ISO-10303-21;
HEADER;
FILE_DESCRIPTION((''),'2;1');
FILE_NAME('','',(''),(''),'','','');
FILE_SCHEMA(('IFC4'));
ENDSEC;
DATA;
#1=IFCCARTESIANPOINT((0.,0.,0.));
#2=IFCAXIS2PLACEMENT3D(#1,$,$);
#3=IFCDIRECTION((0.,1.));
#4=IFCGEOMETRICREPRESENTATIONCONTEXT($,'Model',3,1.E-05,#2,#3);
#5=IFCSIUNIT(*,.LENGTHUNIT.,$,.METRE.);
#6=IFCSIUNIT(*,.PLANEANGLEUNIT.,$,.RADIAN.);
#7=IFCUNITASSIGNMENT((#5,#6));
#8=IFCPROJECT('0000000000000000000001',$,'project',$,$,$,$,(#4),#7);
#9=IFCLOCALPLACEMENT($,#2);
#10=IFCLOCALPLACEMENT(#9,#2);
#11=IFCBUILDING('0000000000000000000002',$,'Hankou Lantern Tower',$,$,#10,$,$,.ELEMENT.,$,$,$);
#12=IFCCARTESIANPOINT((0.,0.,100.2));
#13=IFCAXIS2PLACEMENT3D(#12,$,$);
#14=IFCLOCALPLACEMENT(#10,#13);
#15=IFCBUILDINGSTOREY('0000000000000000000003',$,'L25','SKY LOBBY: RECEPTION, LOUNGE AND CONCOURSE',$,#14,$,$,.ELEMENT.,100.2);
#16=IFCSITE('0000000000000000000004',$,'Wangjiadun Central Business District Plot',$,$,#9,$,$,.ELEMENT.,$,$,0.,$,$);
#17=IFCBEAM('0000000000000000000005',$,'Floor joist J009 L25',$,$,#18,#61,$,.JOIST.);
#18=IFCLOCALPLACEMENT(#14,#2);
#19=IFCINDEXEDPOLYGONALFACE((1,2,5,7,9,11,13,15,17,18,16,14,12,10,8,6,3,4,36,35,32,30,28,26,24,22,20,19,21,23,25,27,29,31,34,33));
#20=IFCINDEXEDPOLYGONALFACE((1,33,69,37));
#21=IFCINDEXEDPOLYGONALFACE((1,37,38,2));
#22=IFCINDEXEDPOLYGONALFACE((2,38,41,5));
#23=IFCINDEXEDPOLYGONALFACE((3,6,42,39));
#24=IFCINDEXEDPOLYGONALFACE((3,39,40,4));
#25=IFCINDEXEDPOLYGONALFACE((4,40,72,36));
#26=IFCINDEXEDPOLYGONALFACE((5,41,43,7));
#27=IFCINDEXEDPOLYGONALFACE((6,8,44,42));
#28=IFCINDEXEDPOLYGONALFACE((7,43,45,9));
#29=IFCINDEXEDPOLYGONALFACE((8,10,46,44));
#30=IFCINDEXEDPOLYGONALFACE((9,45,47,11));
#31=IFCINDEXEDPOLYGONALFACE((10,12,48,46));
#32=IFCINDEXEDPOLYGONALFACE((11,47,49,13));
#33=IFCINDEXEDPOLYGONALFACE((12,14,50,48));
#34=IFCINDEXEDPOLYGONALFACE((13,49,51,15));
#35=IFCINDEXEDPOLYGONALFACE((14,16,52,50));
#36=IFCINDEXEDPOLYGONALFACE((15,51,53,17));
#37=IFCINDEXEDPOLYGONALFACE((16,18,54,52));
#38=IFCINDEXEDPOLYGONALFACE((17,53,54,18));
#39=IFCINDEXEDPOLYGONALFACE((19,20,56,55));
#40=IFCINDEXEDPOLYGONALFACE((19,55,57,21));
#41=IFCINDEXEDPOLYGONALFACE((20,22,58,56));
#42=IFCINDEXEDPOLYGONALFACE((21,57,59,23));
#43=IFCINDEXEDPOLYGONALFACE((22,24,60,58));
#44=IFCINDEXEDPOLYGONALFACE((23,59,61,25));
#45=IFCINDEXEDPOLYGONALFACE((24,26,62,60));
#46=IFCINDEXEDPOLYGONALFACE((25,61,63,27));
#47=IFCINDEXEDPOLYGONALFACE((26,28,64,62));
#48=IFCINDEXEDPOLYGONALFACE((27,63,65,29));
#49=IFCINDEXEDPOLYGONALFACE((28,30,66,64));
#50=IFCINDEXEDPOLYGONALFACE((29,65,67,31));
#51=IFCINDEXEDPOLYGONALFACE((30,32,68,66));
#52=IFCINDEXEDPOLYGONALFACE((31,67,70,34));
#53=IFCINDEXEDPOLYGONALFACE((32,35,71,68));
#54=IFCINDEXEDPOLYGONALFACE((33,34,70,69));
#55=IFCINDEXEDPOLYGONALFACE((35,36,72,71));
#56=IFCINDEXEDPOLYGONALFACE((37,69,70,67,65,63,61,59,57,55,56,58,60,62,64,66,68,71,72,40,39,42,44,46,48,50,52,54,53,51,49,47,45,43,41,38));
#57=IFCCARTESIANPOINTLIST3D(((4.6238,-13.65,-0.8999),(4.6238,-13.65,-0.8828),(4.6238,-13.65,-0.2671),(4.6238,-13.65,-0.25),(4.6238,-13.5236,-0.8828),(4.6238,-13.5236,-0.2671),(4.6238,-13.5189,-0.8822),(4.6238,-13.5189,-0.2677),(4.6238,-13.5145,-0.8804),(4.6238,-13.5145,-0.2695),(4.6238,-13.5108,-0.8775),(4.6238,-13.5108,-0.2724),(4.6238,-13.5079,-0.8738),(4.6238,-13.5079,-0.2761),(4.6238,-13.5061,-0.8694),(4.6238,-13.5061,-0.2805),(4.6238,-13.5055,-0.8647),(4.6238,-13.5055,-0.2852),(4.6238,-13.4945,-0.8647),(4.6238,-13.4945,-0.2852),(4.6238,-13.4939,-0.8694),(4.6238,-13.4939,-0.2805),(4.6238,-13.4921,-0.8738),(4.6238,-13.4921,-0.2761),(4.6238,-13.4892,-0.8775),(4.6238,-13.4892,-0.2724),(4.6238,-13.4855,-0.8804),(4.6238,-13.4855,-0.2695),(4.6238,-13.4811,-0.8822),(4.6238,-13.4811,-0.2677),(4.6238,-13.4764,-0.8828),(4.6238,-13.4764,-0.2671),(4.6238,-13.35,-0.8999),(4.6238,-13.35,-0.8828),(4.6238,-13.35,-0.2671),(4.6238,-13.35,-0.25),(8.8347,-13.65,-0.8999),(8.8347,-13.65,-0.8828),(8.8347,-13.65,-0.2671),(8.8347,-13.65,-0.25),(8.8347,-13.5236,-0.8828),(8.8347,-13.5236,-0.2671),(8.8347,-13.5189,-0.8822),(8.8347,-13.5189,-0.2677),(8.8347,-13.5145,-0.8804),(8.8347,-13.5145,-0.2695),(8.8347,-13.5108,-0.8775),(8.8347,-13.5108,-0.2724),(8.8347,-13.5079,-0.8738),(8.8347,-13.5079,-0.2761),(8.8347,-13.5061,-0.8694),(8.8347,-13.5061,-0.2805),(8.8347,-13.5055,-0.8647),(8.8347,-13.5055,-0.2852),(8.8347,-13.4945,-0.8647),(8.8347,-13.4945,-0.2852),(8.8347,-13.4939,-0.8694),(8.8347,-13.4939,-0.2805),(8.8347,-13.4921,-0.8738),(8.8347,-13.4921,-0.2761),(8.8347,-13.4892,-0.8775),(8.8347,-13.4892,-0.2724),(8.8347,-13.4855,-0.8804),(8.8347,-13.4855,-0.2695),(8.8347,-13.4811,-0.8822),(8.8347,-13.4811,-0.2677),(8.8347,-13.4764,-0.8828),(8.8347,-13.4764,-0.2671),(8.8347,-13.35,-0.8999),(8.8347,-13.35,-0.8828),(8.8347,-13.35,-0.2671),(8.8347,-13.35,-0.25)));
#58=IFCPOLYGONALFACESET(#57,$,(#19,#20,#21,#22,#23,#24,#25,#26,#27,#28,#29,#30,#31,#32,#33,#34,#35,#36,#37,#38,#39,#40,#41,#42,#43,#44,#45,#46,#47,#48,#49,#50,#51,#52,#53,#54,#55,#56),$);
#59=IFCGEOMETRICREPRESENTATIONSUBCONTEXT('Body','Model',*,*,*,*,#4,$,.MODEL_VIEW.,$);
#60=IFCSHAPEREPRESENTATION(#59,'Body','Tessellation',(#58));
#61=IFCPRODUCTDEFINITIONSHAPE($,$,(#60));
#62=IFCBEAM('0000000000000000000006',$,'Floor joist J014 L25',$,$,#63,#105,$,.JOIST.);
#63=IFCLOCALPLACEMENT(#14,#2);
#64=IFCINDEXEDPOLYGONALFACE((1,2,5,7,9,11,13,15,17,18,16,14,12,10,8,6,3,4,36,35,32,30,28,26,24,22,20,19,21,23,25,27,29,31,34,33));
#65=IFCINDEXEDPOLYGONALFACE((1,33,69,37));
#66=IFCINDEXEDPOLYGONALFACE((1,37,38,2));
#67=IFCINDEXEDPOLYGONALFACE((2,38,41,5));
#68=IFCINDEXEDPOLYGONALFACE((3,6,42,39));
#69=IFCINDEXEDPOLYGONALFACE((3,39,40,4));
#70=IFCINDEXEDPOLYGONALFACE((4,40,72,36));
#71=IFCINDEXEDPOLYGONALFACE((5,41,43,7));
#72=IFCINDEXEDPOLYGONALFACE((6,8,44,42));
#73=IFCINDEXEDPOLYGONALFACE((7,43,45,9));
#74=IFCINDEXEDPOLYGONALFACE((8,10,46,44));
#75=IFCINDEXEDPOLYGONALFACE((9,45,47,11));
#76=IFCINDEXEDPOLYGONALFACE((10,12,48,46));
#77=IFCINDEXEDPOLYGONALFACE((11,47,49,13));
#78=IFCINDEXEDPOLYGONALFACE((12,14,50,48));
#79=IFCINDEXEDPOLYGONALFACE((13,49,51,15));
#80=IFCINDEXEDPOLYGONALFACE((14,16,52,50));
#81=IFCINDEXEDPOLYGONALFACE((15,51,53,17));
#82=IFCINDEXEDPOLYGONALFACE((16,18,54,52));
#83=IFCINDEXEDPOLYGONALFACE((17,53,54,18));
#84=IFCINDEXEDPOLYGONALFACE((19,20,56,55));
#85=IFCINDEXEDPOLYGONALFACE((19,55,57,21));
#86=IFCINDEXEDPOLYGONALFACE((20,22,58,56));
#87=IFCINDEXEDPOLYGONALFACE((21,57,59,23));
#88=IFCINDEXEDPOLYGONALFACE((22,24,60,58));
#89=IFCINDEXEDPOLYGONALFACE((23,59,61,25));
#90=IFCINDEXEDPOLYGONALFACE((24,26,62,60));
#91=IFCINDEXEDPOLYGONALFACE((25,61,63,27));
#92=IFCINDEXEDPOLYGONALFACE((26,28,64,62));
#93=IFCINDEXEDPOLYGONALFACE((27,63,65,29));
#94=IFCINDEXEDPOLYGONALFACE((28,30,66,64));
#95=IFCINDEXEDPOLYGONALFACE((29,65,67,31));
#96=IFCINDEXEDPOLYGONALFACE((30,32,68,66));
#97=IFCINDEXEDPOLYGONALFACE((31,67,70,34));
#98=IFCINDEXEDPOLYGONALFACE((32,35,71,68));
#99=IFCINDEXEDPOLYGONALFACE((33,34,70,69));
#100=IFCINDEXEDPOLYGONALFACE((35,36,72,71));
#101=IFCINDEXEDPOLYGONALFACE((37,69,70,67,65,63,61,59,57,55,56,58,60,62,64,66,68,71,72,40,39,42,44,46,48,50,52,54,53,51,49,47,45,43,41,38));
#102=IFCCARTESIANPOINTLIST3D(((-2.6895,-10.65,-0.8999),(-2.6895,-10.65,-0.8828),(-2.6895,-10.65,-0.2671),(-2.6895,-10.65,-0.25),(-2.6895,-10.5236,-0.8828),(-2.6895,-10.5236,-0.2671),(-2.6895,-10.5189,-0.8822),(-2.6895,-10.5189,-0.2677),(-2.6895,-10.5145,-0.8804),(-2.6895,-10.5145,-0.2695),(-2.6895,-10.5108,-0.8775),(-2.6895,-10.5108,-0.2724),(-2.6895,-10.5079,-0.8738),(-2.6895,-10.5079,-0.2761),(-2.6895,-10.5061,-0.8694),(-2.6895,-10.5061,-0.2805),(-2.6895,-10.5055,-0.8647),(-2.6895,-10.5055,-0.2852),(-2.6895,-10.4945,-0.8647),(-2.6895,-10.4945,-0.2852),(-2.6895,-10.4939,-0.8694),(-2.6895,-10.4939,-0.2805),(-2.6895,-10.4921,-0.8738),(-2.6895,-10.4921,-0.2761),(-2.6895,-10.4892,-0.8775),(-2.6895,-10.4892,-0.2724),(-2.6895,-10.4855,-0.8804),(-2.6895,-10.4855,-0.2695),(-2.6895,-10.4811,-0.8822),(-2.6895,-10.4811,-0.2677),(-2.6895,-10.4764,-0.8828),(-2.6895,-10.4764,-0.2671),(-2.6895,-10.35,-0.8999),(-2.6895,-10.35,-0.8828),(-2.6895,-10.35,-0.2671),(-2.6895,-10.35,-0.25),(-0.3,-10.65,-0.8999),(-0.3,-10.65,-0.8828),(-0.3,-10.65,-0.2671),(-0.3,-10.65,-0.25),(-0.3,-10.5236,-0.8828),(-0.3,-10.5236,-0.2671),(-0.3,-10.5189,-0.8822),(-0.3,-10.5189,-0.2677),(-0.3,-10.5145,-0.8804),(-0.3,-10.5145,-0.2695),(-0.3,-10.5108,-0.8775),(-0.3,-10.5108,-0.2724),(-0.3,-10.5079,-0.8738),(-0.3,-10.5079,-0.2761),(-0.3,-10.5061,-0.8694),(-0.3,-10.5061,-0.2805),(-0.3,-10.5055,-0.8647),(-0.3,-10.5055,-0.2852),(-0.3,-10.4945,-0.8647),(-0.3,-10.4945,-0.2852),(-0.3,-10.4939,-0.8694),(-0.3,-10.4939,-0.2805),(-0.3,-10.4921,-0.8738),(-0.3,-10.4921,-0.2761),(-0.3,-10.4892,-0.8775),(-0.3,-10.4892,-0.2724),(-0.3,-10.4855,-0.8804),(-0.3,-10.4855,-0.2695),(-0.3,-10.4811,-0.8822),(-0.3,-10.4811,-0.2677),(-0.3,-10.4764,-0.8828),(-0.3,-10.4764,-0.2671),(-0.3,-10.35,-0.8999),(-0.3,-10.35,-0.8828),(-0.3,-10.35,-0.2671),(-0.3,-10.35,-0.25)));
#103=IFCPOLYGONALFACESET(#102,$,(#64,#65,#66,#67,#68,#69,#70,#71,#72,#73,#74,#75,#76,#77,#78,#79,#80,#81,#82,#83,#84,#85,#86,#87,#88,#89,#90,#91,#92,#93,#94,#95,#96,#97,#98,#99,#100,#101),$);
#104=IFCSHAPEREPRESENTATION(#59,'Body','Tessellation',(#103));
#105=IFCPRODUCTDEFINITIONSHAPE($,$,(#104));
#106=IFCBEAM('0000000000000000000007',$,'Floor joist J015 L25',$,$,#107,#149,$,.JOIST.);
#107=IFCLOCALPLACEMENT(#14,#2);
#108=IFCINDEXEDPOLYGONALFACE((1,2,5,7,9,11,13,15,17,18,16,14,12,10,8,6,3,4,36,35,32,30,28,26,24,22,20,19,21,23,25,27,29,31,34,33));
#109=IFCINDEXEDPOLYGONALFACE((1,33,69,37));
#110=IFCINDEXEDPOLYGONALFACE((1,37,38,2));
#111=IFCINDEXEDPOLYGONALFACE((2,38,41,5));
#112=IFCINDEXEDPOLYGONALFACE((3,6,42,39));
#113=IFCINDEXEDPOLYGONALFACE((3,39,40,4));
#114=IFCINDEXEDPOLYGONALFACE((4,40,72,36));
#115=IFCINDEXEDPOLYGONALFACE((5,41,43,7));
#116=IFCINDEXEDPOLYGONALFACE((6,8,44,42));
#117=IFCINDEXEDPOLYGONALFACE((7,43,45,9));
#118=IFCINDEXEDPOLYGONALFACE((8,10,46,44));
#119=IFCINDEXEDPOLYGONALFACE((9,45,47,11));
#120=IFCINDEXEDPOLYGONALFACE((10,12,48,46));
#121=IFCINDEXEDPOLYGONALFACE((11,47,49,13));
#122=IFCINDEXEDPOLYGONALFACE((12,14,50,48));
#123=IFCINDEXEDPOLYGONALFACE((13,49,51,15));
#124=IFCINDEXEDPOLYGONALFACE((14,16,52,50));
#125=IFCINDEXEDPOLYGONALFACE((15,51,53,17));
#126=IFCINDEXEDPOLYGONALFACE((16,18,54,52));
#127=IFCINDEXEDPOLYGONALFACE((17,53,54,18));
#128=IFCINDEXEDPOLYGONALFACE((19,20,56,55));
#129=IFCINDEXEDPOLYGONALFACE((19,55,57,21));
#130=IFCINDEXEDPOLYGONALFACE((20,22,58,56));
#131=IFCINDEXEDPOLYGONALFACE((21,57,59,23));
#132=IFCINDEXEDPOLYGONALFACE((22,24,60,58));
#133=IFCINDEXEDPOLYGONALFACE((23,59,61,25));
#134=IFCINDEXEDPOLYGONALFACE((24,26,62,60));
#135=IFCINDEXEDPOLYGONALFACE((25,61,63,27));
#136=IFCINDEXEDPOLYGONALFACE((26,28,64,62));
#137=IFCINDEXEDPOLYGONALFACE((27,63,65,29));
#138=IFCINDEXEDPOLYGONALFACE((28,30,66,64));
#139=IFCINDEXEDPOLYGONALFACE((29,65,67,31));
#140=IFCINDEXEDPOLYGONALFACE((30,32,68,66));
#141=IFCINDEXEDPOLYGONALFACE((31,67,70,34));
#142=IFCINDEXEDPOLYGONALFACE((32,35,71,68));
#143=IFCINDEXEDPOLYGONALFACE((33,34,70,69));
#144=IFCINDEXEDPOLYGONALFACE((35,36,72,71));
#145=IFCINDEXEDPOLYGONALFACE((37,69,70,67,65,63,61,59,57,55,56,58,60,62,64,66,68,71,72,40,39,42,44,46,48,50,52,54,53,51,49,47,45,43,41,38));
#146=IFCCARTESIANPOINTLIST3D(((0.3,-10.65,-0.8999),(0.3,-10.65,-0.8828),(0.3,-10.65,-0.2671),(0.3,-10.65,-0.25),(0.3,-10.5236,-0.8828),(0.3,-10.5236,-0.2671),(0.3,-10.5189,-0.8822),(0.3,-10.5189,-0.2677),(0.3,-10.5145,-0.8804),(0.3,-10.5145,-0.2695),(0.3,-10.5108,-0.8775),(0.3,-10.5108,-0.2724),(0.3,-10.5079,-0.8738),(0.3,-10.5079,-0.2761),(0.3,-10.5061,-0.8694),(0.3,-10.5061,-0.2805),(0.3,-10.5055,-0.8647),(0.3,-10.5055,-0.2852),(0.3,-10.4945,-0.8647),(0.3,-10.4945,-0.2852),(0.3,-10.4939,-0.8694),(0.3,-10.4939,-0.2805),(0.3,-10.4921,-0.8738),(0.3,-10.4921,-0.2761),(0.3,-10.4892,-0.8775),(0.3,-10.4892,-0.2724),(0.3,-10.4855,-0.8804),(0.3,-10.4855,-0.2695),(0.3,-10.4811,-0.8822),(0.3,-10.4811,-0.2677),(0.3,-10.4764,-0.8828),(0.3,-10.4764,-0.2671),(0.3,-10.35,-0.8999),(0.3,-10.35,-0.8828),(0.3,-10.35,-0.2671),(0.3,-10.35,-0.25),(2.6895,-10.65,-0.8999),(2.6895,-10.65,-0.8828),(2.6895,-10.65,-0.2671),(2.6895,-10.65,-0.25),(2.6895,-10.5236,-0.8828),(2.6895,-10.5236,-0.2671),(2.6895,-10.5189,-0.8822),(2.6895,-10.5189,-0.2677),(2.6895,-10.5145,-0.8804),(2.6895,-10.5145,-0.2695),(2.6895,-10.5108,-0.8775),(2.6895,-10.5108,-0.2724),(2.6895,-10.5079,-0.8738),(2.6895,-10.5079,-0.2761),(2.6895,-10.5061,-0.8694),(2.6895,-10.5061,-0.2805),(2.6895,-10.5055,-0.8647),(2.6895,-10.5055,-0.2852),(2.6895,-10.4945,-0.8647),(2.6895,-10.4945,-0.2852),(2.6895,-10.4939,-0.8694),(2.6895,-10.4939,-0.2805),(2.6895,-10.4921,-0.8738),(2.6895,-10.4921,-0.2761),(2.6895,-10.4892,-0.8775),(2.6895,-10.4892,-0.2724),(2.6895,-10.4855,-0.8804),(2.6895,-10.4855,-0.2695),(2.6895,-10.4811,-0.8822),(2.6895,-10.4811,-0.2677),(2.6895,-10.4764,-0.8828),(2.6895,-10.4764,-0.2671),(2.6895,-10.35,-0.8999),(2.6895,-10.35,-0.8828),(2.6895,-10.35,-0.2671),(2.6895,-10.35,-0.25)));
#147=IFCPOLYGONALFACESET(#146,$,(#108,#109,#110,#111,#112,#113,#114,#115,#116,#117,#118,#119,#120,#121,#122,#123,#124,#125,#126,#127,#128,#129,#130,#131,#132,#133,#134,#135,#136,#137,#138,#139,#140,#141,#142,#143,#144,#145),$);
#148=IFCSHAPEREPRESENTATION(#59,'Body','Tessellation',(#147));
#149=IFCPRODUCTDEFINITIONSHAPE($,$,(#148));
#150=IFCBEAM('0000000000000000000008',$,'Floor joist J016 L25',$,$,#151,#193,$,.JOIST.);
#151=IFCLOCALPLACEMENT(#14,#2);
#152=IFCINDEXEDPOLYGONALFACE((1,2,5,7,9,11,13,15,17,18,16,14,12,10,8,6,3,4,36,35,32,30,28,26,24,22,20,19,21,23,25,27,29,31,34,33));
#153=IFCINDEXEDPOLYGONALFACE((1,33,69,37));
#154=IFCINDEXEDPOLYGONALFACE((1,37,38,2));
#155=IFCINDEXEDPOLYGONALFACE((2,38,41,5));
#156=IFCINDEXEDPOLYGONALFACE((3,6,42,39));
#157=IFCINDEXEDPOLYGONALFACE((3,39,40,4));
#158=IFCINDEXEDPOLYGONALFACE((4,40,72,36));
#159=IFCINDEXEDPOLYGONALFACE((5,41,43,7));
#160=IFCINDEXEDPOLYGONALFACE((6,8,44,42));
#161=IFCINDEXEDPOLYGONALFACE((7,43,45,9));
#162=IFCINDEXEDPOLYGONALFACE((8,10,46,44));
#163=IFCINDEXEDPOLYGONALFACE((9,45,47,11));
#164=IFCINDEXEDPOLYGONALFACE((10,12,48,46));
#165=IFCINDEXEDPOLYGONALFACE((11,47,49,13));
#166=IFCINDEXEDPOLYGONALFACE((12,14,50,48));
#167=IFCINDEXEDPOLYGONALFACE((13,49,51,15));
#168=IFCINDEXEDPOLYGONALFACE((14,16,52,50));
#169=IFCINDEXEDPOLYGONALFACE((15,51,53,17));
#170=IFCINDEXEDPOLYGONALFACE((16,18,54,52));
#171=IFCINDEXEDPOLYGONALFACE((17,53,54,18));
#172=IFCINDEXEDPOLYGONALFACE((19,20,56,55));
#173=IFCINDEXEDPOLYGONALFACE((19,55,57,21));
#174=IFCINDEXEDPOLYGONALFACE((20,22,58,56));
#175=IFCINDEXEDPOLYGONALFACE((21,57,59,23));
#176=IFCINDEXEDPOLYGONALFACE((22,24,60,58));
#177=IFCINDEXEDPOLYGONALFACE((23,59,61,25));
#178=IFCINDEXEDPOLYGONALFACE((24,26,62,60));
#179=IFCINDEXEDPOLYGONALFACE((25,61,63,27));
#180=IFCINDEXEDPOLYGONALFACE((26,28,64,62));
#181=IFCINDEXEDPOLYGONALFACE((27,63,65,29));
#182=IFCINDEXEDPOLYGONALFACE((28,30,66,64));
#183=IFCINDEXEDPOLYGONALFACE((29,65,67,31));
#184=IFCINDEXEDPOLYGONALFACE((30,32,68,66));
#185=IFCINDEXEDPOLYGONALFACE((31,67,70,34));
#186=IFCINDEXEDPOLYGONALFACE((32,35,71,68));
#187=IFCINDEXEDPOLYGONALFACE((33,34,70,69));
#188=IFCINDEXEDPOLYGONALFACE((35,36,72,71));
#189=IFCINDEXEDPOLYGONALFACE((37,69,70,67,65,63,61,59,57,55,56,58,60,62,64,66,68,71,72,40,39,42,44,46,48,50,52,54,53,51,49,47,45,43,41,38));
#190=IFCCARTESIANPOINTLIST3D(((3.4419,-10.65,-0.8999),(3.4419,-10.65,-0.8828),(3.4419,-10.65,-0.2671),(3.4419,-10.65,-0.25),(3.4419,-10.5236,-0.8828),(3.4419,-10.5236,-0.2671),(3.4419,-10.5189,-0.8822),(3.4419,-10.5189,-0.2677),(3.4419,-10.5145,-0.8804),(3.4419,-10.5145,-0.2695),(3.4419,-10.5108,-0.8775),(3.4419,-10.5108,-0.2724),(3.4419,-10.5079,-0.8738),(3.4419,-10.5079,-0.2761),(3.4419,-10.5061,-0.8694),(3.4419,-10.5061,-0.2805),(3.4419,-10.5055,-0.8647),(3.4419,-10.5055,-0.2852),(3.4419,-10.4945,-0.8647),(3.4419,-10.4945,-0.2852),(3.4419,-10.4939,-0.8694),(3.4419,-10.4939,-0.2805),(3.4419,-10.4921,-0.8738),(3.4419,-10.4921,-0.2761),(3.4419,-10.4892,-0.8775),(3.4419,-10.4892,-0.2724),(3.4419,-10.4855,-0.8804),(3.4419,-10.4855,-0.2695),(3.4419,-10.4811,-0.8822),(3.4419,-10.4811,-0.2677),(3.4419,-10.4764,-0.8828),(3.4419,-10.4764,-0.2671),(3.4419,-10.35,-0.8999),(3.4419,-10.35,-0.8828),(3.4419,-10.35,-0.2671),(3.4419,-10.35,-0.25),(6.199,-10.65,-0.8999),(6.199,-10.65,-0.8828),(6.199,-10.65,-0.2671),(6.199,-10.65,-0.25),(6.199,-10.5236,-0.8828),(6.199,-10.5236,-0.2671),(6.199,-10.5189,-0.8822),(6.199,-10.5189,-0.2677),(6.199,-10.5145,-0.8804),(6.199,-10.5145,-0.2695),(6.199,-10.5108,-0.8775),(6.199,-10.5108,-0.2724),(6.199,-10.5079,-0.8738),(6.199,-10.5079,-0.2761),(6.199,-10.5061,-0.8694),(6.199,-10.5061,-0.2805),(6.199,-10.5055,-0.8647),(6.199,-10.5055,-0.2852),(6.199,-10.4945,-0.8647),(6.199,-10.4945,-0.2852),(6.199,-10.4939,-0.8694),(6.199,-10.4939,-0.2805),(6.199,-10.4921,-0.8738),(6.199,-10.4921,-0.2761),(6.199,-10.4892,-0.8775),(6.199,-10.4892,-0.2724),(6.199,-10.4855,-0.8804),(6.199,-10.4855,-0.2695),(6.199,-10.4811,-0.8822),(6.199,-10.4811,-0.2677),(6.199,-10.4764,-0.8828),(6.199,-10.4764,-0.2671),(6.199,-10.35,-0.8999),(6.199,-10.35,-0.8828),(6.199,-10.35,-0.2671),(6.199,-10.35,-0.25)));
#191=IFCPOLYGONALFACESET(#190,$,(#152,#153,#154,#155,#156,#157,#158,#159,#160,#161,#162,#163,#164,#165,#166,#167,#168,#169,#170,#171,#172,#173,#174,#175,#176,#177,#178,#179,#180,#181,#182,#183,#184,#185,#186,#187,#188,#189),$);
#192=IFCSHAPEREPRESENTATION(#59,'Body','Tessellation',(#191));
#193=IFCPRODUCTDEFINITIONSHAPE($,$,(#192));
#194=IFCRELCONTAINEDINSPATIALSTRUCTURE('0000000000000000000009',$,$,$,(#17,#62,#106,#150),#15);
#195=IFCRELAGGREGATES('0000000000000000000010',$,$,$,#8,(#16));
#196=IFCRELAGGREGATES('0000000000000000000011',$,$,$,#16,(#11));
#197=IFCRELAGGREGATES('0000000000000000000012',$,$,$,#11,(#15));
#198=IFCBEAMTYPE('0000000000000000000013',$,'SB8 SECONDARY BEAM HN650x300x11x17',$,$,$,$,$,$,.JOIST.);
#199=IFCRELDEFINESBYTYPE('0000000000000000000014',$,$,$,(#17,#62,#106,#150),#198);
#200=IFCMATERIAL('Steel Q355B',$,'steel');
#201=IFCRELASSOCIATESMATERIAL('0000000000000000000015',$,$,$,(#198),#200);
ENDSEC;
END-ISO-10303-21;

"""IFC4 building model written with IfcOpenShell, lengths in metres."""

from ifc_helpers import new_model, si_unit, direction, frame, origin, origin_2d, place, context, subcontext, project, spatial, i_section, extrude, material, material_profile, profile_set, type_object, element, save


model = new_model("IFC4")

# Units and contexts
model_context = context("Model", 3, precision=1e-05, world=origin(), true_north=direction((0.0, 1.0)))
body_context = subcontext(model_context, "Body", "Model", "MODEL_VIEW")
ifc_project = project(units=[si_unit("LENGTHUNIT", "METRE"), si_unit("PLANEANGLEUNIT", "RADIAN")], contexts=[model_context])

# Site, building, storey
site_placement = place(None, origin())
site = spatial("IfcSite", under=ifc_project, at=site_placement, Name="Wangjiadun Central Business District Plot", CompositionType="ELEMENT", RefElevation=0.0)
building_placement = place(site_placement, origin())
building = spatial("IfcBuilding", under=site, at=building_placement, Name="Hankou Lantern Tower", CompositionType="ELEMENT")
storey_placement = place(building_placement, frame((0.0, 0.0, 100.2)))
storey = spatial("IfcBuildingStorey", under=building, at=storey_placement, Name="L25", Description="SKY LOBBY: RECEPTION, LOUNGE AND CONCOURSE", CompositionType="ELEMENT", Elevation=100.2)

# Beams
ifc_material_1 = material(Name="Steel Q355B", Category="steel")
ifc_material_profile_1 = material_profile(ifc_material_1, i_section(OverallWidth=0.3, OverallDepth=0.6499, WebThickness=0.011, FlangeThickness=0.0171, FilletRadius=0.0181, at=origin_2d()), Name="HN650x300x11x17")
ifc_profile_set_1 = profile_set([ifc_material_profile_1], Name="Steel Q355B")
beam_type_1 = type_object("IfcBeamType", Name="SB8 SECONDARY BEAM HN650x300x11x17", PredefinedType="JOIST", material=ifc_profile_set_1)
beam_1_placement = place(storey_placement, frame((4.6238, -13.5, -0.575), z_axis=(1.0, 0.0, 0.0), x_axis=(0.0, 1.0, 0.0)))
element("IfcBeam", 1, at=beam_1_placement, inside=storey, type_object=beam_type_1, Name="Floor joist J009 L25", PredefinedType="JOIST", context=body_context, shape_type="SweptSolid", body=[
    extrude(i_section(OverallWidth=0.3, OverallDepth=0.6499, WebThickness=0.011, FlangeThickness=0.0171, FilletRadius=0.0181, at=origin_2d()), origin(), (0.0, 0.0, 1.0), 4.2109),
])
for number, where, z_axis, x_axis, name in (
    (2, (-2.6895, -10.5, -0.575), (1.0, 0.0, 0.0), (0.0, 1.0, 0.0), "Floor joist J014 L25"),
    (3, (0.3, -10.5, -0.575), (1.0, 0.0, 0.0), (0.0, 1.0, 0.0), "Floor joist J015 L25"),
):
    element("IfcBeam", number, at=place(storey_placement, frame(where, z_axis=z_axis, x_axis=x_axis)), inside=storey, type_object=beam_type_1, Name=name, PredefinedType="JOIST", context=body_context, shape_type="SweptSolid", body=[
        extrude(i_section(OverallWidth=0.3, OverallDepth=0.6499, WebThickness=0.011, FlangeThickness=0.0171, FilletRadius=0.0181, at=origin_2d()), origin(), (0.0, 0.0, 1.0), 2.3894),
    ])
beam_2_placement = place(storey_placement, frame((3.4419, -10.5, -0.575), z_axis=(1.0, 0.0, 0.0), x_axis=(0.0, 1.0, 0.0)))
element("IfcBeam", 4, at=beam_2_placement, inside=storey, type_object=beam_type_1, Name="Floor joist J016 L25", PredefinedType="JOIST", context=body_context, shape_type="SweptSolid", body=[
    extrude(i_section(OverallWidth=0.3, OverallDepth=0.6499, WebThickness=0.011, FlangeThickness=0.0171, FilletRadius=0.0181, at=origin_2d()), origin(), (0.0, 0.0, 1.0), 2.7571),
])

save(model, "model.ifc")
